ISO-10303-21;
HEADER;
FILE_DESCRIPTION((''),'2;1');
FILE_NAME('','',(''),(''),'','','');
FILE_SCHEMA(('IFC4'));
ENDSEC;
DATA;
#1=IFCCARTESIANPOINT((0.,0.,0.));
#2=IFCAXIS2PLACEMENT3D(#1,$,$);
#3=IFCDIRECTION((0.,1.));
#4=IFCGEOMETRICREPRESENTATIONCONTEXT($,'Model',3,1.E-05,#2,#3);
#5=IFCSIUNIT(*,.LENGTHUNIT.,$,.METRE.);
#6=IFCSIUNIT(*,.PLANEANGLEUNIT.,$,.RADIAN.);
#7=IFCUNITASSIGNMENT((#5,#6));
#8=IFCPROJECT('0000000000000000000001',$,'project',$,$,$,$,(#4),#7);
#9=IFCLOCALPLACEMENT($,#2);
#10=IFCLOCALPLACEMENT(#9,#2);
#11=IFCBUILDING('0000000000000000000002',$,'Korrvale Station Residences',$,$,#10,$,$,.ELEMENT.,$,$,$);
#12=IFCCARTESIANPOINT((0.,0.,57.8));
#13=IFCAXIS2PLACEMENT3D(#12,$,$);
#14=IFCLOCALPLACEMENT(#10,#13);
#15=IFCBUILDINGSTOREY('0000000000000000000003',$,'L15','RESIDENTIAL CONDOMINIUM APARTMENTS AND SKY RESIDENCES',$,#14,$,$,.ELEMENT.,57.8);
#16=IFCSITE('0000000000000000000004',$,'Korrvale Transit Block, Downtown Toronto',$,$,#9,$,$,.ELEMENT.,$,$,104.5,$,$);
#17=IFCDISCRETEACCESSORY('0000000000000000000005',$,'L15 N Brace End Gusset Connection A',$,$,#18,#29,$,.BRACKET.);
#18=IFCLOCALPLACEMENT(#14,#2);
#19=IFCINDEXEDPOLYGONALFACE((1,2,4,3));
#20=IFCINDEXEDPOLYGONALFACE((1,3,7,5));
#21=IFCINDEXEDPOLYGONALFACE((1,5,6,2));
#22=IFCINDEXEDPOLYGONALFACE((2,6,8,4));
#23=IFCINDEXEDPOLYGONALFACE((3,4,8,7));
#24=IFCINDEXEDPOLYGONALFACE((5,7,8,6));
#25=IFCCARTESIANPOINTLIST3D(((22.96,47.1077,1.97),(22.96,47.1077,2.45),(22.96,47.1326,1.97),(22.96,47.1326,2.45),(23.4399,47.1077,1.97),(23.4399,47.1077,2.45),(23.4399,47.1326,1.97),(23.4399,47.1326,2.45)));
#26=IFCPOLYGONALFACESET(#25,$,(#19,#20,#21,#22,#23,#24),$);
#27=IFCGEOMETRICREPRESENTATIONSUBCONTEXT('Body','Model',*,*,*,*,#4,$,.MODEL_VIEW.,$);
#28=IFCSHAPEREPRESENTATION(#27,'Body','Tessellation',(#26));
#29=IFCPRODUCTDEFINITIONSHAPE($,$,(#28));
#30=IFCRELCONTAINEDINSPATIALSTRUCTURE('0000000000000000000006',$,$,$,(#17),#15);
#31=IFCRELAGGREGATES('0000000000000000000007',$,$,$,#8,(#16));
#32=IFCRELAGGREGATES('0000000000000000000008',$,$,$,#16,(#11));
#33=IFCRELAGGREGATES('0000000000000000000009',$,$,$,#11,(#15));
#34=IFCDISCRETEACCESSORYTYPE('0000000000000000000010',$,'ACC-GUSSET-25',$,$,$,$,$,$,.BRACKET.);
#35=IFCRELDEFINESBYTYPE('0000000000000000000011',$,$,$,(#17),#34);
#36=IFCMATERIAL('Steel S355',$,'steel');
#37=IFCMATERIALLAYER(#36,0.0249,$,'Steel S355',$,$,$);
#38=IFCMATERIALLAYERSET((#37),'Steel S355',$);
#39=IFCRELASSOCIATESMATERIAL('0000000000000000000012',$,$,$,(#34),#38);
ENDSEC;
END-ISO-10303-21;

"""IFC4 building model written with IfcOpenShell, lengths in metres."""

from ifc_helpers import new_model, si_unit, direction, frame, origin, origin_2d, place, context, subcontext, project, spatial, rectangle, extrude, material, layer, layer_set, type_object, element, save


model = new_model("IFC4")

# Units and contexts
model_context = context("Model", 3, precision=1e-05, world=origin(), true_north=direction((0.0, 1.0)))
body_context = subcontext(model_context, "Body", "Model", "MODEL_VIEW")
ifc_project = project(units=[si_unit("LENGTHUNIT", "METRE"), si_unit("PLANEANGLEUNIT", "RADIAN")], contexts=[model_context])

# Site, building, storey
site_placement = place(None, origin())
site = spatial("IfcSite", under=ifc_project, at=site_placement, Name="Korrvale Transit Block, Downtown Toronto", CompositionType="ELEMENT", RefElevation=104.5)
building_placement = place(site_placement, origin())
building = spatial("IfcBuilding", under=site, at=building_placement, Name="Korrvale Station Residences", CompositionType="ELEMENT")
storey_placement = place(building_placement, frame((0.0, 0.0, 57.8)))
storey = spatial("IfcBuildingStorey", under=building, at=storey_placement, Name="L15", Description="RESIDENTIAL CONDOMINIUM APARTMENTS AND SKY RESIDENCES", CompositionType="ELEMENT", Elevation=57.8)

# Shared definitions
ifc_material_1 = material(Name="Steel S355", Category="steel")

# Discrete accessory
ifc_layer_1 = layer(ifc_material_1, 0.0249, Name="Steel S355")
ifc_layer_set_1 = layer_set([ifc_layer_1], Name="Steel S355")
discrete_accessory_type = type_object("IfcDiscreteAccessoryType", Name="ACC-GUSSET-25", PredefinedType="BRACKET", material=ifc_layer_set_1)
discrete_accessory_placement = place(storey_placement, frame((23.2, 47.1201, 1.97), z_axis=(0.0, 0.0, 1.0), x_axis=(1.0, 0.0, 0.0)))
element("IfcDiscreteAccessory", 1, at=discrete_accessory_placement, inside=storey, type_object=discrete_accessory_type, Name="L15 N Brace End Gusset Connection A", PredefinedType="BRACKET", context=body_context, shape_type="SweptSolid", body=[
    extrude(rectangle(XDim=0.48, YDim=0.0249, at=origin_2d()), origin(), (0.0, 0.0, 1.0), 0.48),
])

save(model, "model.ifc")
